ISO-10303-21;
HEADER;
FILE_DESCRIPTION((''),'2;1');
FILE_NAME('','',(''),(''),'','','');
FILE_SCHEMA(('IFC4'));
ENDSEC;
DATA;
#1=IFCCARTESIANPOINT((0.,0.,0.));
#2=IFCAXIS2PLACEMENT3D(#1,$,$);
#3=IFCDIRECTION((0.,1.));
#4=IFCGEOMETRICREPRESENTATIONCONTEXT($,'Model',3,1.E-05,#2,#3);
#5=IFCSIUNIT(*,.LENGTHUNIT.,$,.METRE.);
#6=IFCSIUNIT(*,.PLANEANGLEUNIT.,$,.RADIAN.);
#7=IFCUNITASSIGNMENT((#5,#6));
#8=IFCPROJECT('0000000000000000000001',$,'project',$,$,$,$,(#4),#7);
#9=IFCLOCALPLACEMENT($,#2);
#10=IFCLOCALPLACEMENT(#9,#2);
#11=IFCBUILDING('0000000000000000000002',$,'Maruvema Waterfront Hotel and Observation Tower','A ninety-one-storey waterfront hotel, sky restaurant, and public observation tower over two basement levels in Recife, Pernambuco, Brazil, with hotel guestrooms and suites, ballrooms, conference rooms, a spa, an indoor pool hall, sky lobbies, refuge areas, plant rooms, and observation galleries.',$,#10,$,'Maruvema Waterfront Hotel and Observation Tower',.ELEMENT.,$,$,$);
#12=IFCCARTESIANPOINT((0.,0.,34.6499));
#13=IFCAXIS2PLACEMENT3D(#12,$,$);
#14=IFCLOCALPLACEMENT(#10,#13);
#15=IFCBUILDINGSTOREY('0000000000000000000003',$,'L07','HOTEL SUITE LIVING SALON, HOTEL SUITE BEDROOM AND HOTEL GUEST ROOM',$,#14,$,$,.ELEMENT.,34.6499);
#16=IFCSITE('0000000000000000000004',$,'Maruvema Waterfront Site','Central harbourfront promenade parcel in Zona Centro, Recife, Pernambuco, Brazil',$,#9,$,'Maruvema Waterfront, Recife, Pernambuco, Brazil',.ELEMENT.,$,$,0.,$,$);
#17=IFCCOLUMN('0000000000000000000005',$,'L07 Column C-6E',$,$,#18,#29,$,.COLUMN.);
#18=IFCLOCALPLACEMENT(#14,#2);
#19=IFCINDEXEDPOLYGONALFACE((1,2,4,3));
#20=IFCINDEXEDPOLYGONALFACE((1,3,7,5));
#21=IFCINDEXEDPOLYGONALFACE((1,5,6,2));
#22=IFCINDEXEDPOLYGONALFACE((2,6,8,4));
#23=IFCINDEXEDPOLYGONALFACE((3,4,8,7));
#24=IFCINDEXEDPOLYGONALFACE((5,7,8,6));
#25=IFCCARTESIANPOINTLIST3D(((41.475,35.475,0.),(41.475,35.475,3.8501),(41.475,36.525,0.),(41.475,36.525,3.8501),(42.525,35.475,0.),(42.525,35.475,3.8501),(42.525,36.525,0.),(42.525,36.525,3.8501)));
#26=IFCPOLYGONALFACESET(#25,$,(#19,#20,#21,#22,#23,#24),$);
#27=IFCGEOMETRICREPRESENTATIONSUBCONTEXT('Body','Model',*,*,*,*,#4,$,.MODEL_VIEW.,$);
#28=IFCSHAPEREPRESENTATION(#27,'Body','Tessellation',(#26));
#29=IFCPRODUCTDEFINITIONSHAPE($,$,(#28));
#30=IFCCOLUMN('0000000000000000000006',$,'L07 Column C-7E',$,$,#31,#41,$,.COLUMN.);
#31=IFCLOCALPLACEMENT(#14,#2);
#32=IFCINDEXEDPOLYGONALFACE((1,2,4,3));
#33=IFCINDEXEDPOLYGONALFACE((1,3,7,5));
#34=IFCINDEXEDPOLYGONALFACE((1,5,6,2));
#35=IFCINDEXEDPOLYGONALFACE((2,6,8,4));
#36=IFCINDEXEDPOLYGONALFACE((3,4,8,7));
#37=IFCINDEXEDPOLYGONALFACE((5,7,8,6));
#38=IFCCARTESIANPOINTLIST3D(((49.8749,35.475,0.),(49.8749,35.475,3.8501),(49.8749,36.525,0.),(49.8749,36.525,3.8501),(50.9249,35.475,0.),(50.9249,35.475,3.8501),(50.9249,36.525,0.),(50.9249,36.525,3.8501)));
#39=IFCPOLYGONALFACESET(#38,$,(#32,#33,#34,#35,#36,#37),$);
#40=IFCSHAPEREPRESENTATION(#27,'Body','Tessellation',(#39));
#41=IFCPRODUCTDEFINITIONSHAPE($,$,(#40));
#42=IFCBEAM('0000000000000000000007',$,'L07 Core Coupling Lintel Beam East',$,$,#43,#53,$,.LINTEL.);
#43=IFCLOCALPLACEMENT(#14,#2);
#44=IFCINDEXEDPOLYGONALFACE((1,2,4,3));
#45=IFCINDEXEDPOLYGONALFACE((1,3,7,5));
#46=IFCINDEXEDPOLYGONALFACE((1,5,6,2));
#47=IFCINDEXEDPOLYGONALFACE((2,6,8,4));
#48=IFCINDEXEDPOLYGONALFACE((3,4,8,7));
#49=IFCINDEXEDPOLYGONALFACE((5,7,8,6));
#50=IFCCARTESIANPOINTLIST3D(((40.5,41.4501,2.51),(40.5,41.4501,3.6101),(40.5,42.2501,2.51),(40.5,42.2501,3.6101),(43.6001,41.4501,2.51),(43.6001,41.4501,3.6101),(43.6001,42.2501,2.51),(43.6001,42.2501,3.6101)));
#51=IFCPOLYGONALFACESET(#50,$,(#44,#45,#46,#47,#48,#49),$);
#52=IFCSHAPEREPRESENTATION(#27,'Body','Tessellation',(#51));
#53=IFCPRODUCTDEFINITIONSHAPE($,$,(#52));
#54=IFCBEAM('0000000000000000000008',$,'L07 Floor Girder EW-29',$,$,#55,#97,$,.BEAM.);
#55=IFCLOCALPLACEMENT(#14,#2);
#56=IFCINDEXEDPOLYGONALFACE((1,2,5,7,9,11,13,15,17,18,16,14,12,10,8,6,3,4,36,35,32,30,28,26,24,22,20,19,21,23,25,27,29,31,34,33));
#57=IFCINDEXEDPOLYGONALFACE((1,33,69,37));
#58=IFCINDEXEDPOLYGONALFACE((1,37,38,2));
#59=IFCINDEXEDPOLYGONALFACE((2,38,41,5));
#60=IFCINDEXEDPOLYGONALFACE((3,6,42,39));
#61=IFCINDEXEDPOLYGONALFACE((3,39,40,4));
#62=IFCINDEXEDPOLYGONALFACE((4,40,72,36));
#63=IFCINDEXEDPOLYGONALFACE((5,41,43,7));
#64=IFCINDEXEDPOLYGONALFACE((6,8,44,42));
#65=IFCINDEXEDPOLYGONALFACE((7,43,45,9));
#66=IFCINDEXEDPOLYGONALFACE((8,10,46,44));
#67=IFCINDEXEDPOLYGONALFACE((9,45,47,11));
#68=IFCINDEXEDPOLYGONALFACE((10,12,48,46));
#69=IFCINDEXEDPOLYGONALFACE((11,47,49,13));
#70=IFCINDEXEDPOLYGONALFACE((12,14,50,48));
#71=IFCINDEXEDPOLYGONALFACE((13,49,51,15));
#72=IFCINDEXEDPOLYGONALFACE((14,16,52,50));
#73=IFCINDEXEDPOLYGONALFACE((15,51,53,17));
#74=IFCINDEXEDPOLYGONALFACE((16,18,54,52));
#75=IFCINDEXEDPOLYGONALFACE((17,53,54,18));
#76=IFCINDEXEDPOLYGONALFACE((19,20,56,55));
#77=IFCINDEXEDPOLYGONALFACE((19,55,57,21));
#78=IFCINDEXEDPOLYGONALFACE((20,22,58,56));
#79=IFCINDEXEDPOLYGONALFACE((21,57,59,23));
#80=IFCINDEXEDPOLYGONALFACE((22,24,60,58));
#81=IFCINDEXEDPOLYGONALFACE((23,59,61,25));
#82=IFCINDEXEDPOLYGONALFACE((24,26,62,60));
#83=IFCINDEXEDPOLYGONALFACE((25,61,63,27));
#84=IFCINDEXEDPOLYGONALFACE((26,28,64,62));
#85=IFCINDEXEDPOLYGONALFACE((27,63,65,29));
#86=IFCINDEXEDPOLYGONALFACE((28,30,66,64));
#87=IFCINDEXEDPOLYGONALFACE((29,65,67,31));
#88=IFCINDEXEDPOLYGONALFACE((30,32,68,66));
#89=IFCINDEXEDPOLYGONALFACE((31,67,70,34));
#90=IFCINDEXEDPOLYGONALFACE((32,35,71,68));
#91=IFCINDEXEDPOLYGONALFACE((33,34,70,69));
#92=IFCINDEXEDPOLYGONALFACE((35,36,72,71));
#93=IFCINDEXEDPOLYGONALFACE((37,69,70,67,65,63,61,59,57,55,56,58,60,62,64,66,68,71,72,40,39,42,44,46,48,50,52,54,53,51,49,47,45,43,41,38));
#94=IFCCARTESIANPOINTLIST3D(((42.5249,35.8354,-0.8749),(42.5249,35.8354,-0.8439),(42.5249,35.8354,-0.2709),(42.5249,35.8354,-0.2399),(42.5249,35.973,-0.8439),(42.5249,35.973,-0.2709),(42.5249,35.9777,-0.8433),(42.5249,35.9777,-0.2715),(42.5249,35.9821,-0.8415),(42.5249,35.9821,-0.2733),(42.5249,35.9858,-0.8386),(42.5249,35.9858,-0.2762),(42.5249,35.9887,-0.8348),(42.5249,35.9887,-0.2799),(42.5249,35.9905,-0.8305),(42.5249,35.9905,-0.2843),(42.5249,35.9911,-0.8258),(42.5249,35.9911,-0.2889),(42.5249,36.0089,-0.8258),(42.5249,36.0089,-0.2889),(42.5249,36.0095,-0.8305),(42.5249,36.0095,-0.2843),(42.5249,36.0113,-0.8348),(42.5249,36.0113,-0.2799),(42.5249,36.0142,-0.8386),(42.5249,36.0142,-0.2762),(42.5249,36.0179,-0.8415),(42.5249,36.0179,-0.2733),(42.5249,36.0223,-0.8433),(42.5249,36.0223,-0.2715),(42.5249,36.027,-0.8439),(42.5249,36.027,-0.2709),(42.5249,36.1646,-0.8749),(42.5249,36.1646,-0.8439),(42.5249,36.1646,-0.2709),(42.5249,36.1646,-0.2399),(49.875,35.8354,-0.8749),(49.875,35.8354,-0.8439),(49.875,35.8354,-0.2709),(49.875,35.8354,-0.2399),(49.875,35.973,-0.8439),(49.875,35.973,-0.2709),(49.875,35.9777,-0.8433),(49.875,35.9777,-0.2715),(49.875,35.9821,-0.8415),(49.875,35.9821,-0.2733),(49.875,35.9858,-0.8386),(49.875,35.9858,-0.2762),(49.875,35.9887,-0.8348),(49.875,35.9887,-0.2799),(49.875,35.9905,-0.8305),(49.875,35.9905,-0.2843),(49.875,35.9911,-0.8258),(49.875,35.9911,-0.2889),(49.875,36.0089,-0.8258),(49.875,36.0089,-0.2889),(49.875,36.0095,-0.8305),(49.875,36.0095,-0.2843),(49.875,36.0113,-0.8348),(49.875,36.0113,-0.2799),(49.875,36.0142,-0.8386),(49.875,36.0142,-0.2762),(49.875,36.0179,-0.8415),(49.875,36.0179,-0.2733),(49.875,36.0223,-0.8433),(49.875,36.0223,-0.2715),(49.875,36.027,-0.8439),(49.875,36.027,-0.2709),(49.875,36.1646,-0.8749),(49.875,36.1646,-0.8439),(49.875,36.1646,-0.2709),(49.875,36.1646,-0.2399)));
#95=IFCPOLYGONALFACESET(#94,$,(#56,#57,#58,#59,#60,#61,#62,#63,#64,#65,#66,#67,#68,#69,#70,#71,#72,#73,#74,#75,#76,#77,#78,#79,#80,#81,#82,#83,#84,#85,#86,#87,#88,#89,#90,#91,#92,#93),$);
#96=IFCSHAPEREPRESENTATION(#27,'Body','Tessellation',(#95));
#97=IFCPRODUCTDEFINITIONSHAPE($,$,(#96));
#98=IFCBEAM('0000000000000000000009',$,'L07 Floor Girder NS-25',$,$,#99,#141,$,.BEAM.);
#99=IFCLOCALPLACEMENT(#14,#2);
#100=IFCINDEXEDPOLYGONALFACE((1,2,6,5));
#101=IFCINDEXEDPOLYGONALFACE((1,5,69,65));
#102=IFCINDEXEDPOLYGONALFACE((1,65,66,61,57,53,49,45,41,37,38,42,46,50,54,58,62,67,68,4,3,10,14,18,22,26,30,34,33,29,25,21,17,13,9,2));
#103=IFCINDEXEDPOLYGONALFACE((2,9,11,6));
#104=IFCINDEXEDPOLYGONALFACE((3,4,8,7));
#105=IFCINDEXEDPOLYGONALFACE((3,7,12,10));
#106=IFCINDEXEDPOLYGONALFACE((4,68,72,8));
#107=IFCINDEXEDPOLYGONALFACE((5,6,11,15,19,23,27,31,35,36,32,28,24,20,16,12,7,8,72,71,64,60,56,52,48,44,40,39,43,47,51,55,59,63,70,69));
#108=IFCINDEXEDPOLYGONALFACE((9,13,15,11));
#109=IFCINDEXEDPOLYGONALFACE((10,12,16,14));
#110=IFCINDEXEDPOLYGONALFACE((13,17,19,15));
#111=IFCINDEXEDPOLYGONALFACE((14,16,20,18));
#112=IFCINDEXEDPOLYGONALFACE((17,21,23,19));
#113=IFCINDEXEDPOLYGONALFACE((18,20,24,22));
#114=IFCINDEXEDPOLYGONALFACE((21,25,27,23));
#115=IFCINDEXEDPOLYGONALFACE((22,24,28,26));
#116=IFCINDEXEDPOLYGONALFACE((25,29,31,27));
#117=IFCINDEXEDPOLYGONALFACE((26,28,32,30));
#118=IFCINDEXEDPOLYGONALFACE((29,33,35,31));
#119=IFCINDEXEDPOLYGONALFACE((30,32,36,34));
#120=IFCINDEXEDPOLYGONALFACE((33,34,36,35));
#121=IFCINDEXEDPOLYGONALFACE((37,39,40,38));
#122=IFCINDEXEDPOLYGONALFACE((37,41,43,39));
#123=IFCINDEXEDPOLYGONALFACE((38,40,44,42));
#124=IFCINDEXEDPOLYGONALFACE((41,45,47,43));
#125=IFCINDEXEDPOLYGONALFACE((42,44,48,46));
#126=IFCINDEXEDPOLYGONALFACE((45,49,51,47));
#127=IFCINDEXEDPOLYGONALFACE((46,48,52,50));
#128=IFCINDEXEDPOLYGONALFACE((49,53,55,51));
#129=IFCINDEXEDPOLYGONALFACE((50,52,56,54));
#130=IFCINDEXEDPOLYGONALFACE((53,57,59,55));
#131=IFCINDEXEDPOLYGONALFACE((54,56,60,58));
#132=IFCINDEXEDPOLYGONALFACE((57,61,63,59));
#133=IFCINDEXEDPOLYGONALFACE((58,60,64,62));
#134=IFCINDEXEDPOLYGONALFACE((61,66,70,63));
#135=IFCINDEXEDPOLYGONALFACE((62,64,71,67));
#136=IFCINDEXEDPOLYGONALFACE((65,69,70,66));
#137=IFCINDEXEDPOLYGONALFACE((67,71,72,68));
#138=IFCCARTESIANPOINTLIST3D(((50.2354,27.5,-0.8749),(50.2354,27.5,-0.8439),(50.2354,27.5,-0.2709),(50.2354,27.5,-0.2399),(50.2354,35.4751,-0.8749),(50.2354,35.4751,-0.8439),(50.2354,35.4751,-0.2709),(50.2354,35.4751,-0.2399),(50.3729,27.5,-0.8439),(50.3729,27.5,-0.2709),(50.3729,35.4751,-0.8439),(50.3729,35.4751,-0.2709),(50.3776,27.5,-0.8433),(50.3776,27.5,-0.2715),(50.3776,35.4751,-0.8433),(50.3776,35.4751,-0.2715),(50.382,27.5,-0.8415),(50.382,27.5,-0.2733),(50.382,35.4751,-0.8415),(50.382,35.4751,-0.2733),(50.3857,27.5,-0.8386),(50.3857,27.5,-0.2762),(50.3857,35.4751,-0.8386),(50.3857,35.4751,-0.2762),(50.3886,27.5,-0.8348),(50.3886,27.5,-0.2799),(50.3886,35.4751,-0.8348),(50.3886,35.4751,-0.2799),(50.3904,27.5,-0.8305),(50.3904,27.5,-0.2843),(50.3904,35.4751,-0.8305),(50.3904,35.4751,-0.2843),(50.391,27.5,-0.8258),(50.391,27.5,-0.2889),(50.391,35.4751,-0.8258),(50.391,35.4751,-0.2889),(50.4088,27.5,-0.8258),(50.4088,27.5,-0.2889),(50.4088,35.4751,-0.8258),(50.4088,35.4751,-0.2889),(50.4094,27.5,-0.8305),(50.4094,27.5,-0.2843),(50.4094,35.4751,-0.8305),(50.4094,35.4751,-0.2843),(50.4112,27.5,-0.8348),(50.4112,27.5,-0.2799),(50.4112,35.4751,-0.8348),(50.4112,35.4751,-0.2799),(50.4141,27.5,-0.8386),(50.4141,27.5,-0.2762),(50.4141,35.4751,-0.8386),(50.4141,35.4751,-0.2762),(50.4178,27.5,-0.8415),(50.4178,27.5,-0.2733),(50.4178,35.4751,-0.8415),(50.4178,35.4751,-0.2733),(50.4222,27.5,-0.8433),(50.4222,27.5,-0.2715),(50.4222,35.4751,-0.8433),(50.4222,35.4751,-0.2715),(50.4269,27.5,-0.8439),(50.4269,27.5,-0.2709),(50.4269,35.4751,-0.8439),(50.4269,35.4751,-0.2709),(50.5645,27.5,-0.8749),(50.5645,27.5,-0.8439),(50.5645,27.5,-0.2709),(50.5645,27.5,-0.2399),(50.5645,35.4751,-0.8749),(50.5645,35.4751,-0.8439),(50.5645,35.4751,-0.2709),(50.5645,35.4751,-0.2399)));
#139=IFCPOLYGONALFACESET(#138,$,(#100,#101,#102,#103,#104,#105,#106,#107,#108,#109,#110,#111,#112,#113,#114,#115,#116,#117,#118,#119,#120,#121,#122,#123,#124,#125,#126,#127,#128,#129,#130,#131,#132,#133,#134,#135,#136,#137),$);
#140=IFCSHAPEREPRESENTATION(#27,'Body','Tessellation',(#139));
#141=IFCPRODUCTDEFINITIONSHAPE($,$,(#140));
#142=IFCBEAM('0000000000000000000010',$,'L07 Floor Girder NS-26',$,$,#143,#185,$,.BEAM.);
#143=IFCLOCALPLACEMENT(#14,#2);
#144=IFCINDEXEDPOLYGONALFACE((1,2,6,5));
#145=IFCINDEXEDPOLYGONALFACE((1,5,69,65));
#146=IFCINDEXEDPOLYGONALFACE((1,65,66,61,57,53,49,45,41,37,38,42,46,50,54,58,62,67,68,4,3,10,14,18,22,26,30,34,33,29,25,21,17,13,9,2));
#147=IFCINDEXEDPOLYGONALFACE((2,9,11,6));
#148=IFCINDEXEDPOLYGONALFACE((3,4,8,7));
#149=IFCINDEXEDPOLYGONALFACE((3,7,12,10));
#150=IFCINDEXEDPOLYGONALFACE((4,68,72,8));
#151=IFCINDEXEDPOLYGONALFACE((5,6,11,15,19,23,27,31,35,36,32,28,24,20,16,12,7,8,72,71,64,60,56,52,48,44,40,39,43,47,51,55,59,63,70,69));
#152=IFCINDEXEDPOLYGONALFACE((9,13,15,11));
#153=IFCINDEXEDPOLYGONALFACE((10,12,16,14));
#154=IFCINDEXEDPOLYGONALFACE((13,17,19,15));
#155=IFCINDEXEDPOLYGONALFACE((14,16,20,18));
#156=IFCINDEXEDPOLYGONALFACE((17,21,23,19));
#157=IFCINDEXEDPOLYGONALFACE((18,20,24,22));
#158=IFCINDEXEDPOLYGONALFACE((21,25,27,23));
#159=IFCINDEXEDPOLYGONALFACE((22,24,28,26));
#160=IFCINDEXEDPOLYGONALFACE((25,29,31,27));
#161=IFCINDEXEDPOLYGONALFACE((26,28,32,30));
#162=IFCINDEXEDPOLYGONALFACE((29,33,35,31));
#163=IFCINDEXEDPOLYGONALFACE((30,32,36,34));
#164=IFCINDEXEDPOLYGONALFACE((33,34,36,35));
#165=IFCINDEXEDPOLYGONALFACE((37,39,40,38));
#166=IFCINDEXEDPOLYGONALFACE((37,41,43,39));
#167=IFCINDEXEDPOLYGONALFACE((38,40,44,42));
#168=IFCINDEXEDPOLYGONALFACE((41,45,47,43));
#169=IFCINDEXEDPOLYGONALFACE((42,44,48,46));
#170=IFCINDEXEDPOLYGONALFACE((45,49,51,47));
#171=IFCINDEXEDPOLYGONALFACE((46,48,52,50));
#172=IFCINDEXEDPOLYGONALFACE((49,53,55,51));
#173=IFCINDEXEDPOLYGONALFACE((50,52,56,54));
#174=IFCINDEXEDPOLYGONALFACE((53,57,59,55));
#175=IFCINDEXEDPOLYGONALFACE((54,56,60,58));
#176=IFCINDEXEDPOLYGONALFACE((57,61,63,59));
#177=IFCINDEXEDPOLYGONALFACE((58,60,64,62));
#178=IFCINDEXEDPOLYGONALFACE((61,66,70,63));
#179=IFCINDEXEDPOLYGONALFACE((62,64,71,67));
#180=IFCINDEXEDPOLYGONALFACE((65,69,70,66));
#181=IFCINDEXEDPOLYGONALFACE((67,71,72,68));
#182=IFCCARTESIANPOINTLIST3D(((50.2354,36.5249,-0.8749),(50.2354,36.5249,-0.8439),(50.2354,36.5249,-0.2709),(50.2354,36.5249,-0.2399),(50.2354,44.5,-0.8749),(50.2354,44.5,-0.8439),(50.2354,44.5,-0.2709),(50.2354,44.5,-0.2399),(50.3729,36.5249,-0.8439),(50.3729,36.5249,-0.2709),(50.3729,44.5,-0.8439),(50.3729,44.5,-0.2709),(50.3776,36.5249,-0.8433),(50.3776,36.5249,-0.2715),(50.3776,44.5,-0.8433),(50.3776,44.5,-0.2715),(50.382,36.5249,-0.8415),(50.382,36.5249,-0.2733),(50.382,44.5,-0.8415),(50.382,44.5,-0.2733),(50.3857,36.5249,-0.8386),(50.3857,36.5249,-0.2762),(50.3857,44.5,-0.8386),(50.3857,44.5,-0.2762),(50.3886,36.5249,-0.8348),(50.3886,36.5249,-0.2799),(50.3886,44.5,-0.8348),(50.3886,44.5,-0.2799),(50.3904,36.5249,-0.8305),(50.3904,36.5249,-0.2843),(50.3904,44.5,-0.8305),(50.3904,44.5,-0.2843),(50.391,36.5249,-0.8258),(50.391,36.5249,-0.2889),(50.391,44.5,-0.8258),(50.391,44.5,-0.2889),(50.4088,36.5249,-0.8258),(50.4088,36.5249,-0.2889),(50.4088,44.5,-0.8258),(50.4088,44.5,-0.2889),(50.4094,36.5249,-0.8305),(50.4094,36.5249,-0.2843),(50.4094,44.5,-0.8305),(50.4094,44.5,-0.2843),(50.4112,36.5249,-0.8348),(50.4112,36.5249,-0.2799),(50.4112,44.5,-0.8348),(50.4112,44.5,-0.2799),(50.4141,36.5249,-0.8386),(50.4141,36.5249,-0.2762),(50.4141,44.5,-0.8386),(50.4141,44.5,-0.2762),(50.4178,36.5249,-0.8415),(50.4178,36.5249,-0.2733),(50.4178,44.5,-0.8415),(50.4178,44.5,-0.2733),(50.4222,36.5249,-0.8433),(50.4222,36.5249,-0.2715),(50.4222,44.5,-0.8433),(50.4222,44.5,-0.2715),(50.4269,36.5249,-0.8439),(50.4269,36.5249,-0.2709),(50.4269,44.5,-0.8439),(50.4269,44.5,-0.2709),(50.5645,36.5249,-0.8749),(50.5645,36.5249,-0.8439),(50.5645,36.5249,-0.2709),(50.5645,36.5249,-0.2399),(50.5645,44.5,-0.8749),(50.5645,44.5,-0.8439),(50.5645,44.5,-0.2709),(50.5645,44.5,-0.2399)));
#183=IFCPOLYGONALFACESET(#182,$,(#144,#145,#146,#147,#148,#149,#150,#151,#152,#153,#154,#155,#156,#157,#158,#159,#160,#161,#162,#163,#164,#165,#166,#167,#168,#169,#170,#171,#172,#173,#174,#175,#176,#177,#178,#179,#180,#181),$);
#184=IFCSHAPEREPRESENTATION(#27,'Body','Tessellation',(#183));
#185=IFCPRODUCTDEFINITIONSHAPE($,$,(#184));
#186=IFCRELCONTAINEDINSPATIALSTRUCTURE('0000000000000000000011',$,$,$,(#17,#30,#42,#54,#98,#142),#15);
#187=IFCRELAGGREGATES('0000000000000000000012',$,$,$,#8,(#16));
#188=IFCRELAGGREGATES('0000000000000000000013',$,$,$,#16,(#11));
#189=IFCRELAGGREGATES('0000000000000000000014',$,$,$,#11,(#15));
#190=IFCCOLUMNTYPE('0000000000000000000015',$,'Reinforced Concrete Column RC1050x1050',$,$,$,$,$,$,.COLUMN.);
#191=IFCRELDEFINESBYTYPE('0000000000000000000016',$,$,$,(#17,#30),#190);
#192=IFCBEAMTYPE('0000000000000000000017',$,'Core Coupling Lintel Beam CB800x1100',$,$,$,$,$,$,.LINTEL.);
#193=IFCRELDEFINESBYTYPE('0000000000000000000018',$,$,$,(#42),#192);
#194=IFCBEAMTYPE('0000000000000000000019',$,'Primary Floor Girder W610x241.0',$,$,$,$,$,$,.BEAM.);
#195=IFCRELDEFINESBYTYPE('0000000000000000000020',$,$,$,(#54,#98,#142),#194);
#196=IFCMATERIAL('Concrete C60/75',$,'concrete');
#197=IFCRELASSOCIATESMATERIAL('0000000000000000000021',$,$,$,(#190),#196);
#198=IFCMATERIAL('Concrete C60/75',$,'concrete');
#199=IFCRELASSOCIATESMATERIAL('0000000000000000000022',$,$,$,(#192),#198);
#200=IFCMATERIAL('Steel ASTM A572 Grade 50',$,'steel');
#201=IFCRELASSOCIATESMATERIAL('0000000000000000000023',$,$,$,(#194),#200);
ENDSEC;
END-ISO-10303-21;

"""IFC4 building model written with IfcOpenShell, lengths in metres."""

from ifc_helpers import new_model, si_unit, direction, frame, origin, origin_2d, place, context, subcontext, project, spatial, rectangle, i_section, extrude, material, material_profile, profile_set, type_object, element, save


model = new_model("IFC4")

# Units and contexts
model_context = context("Model", 3, precision=1e-05, world=origin(), true_north=direction((0.0, 1.0)))
body_context = subcontext(model_context, "Body", "Model", "MODEL_VIEW")
ifc_project = project(units=[si_unit("LENGTHUNIT", "METRE"), si_unit("PLANEANGLEUNIT", "RADIAN")], contexts=[model_context])

# Site, building, storey
site_placement = place(None, origin())
site = spatial("IfcSite", under=ifc_project, at=site_placement, Name="Maruvema Waterfront Site", Description="Central harbourfront promenade parcel in Zona Centro, Recife, Pernambuco, Brazil", LongName="Maruvema Waterfront, Recife, Pernambuco, Brazil", CompositionType="ELEMENT", RefElevation=0.0)
building_placement = place(site_placement, origin())
building = spatial("IfcBuilding", under=site, at=building_placement, Name="Maruvema Waterfront Hotel and Observation Tower", Description="A ninety-one-storey waterfront hotel, sky restaurant, and public observation tower over two basement levels in Recife, Pernambuco, Brazil, with hotel guestrooms and suites, ballrooms, conference rooms, a spa, an indoor pool hall, sky lobbies, refuge areas, plant rooms, and observation galleries.", LongName="Maruvema Waterfront Hotel and Observation Tower", CompositionType="ELEMENT")
storey_placement = place(building_placement, frame((0.0, 0.0, 34.6499)))
storey = spatial("IfcBuildingStorey", under=building, at=storey_placement, Name="L07", Description="HOTEL SUITE LIVING SALON, HOTEL SUITE BEDROOM AND HOTEL GUEST ROOM", CompositionType="ELEMENT", Elevation=34.6499)

# Columns
ifc_material_1 = material(Name="Concrete C60/75", Category="concrete")
ifc_material_profile_1 = material_profile(ifc_material_1, rectangle(XDim=1.05, YDim=1.05, at=origin_2d()), Name="RC1050x1050")
ifc_profile_set_1 = profile_set([ifc_material_profile_1], Name="Concrete C60/75")
column_type = type_object("IfcColumnType", Name="Reinforced Concrete Column RC1050x1050", PredefinedType="COLUMN", material=ifc_profile_set_1)
for number, where, z_axis, x_axis, name in (
    (1, (42.0, 36.0, 0.0), (0.0, 0.0, 1.0), (1.0, 0.0, 0.0), "L07 Column C-6E"),
    (2, (50.3999, 36.0, 0.0), (0.0, 0.0, 1.0), (1.0, 0.0, 0.0), "L07 Column C-7E"),
):
    element("IfcColumn", number, at=place(storey_placement, frame(where, z_axis=z_axis, x_axis=x_axis)), inside=storey, type_object=column_type, Name=name, PredefinedType="COLUMN", context=body_context, shape_type="SweptSolid", body=[
        extrude(rectangle(XDim=1.05, YDim=1.05, at=origin_2d()), origin(), (0.0, 0.0, 1.0), 3.8501),
    ])

# Beams
ifc_material_2 = material(Name="Concrete C60/75", Category="concrete")
ifc_material_profile_2 = material_profile(ifc_material_2, rectangle(XDim=0.8, YDim=1.1001, at=origin_2d()), Name="CB800x1100")
ifc_profile_set_2 = profile_set([ifc_material_profile_2], Name="Concrete C60/75")
beam_type_1 = type_object("IfcBeamType", Name="Core Coupling Lintel Beam CB800x1100", PredefinedType="LINTEL", material=ifc_profile_set_2)
beam_1_placement = place(storey_placement, frame((40.5, 41.8501, 3.0601), z_axis=(1.0, 0.0, 0.0), x_axis=(0.0, 1.0, 0.0)))
element("IfcBeam", 3, at=beam_1_placement, inside=storey, type_object=beam_type_1, Name="L07 Core Coupling Lintel Beam East", PredefinedType="LINTEL", context=body_context, shape_type="SweptSolid", body=[
    extrude(rectangle(XDim=0.8, YDim=1.1001, at=origin_2d()), origin(), (0.0, 0.0, 1.0), 3.1001),
])
ifc_material_3 = material(Name="Steel ASTM A572 Grade 50", Category="steel")
ifc_material_profile_3 = material_profile(ifc_material_3, i_section(OverallWidth=0.3291, OverallDepth=0.635, WebThickness=0.0178, FlangeThickness=0.031, FilletRadius=0.0181, at=origin_2d()), Name="W610x241.0")
ifc_profile_set_3 = profile_set([ifc_material_profile_3], Name="Steel ASTM A572 Grade 50")
beam_type_2 = type_object("IfcBeamType", Name="Primary Floor Girder W610x241.0", PredefinedType="BEAM", material=ifc_profile_set_3)
beam_2_placement = place(storey_placement, frame((42.5249, 36.0, -0.5574), z_axis=(1.0, 0.0, 0.0), x_axis=(0.0, 1.0, 0.0)))
element("IfcBeam", 4, at=beam_2_placement, inside=storey, type_object=beam_type_2, Name="L07 Floor Girder EW-29", PredefinedType="BEAM", context=body_context, shape_type="SweptSolid", body=[
    extrude(i_section(OverallWidth=0.3291, OverallDepth=0.635, WebThickness=0.0178, FlangeThickness=0.031, FilletRadius=0.0181, at=origin_2d()), origin(), (0.0, 0.0, 1.0), 7.3501),
])
for number, where, z_axis, x_axis, name in (
    (5, (50.3999, 27.5, -0.5574), (0.0, 1.0, 0.0), (-1.0, 0.0, 0.0), "L07 Floor Girder NS-25"),
    (6, (50.3999, 36.5249, -0.5574), (0.0, 1.0, 0.0), (-1.0, 0.0, 0.0), "L07 Floor Girder NS-26"),
):
    element("IfcBeam", number, at=place(storey_placement, frame(where, z_axis=z_axis, x_axis=x_axis)), inside=storey, type_object=beam_type_2, Name=name, PredefinedType="BEAM", context=body_context, shape_type="SweptSolid", body=[
        extrude(i_section(OverallWidth=0.3291, OverallDepth=0.635, WebThickness=0.0178, FlangeThickness=0.031, FilletRadius=0.0181, at=origin_2d()), origin(), (0.0, 0.0, 1.0), 7.9751),
    ])

save(model, "model.ifc")
